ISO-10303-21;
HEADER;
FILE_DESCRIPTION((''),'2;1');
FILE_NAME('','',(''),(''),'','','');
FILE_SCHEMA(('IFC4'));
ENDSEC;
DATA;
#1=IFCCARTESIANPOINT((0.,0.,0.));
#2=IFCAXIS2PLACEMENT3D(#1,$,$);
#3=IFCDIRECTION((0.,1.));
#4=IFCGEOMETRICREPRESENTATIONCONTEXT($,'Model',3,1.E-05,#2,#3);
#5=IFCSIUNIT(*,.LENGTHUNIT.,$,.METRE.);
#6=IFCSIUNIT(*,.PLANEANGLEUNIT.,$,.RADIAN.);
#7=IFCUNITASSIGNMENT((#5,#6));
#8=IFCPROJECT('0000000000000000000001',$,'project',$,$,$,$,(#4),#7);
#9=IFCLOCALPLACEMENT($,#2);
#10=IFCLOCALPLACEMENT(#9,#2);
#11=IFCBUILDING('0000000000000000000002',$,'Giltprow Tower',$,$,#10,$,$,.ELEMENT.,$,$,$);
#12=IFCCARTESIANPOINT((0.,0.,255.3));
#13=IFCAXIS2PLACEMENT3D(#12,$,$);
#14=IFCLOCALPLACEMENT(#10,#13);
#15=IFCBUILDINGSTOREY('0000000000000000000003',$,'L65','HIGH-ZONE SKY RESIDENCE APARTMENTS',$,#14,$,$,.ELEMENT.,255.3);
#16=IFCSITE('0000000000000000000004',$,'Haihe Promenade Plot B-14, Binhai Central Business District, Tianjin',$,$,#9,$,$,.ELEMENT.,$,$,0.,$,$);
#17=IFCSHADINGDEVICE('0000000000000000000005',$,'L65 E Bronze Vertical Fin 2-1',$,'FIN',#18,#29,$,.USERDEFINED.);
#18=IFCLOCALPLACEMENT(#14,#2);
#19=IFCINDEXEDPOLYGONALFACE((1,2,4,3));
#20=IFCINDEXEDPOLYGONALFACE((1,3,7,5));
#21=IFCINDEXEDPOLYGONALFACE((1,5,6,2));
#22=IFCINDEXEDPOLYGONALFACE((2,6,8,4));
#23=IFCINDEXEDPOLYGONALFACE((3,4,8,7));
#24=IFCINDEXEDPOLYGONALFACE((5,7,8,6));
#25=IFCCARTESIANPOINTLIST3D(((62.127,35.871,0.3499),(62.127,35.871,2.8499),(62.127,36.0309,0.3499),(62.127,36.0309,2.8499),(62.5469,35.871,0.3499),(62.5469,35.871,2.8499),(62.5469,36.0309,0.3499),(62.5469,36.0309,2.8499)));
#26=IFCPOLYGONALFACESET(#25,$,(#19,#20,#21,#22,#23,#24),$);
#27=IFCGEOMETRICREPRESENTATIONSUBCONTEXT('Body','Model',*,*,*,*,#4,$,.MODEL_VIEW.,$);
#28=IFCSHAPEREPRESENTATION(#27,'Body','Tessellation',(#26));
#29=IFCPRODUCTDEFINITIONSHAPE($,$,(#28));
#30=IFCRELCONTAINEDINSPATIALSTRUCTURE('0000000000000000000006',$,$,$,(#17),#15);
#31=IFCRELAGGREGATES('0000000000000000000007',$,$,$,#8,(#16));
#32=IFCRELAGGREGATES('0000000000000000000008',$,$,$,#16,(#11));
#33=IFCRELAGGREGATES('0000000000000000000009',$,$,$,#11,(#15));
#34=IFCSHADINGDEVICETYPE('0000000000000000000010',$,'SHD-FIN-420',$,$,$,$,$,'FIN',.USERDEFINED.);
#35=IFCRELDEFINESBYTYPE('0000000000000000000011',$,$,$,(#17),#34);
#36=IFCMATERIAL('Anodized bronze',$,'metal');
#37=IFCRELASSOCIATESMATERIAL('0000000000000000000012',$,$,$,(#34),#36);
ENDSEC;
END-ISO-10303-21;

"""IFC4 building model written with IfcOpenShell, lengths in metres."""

from ifc_helpers import new_model, si_unit, direction, frame, origin, origin_2d, place, context, subcontext, project, spatial, rectangle, extrude, source, transform, mapped, material, type_object, element, save


model = new_model("IFC4")

# Units and contexts
model_context = context("Model", 3, precision=1e-05, world=origin(), true_north=direction((0.0, 1.0)))
body_context = subcontext(model_context, "Body", "Model", "MODEL_VIEW")
ifc_project = project(units=[si_unit("LENGTHUNIT", "METRE"), si_unit("PLANEANGLEUNIT", "RADIAN")], contexts=[model_context])

# Site, building, storey
site_placement = place(None, origin())
site = spatial("IfcSite", under=ifc_project, at=site_placement, Name="Haihe Promenade Plot B-14, Binhai Central Business District, Tianjin", CompositionType="ELEMENT", RefElevation=0.0)
building_placement = place(site_placement, origin())
building = spatial("IfcBuilding", under=site, at=building_placement, Name="Giltprow Tower", CompositionType="ELEMENT")
storey_placement = place(building_placement, frame((0.0, 0.0, 255.3)))
storey = spatial("IfcBuildingStorey", under=building, at=storey_placement, Name="L65", Description="HIGH-ZONE SKY RESIDENCE APARTMENTS", CompositionType="ELEMENT", Elevation=255.3)

# Shared definitions
ifc_material_1 = material(Name="Anodized bronze", Category="metal")

# Shading device
shading_device_type = type_object("IfcShadingDeviceType", Name="SHD-FIN-420", ElementType="FIN", PredefinedType="USERDEFINED", material=ifc_material_1)
shared_shape_1 = source(origin(), body_context, "Body", "SweptSolid", [
    extrude(rectangle(XDim=0.4199, YDim=0.1599, at=origin_2d()), origin(), (0.0, 0.0, 1.0), 2.5),
])
shading_device_placement = place(storey_placement, frame((62.3369, 35.9509, 0.3499), z_axis=(0.0, 0.0, 1.0), x_axis=(1.0, 0.0, 0.0)))
element("IfcShadingDevice", 1, at=shading_device_placement, inside=storey, type_object=shading_device_type, Name="L65 E Bronze Vertical Fin 2-1", ObjectType="FIN", PredefinedType="USERDEFINED", context=body_context, shape_type="MappedRepresentation", body=[
    mapped(shared_shape_1, transform((0.0, 0.0, 0.0), x_axis=(1.0, 0.0, 0.0), y_axis=(0.0, 1.0, 0.0), z_axis=(0.0, 0.0, 1.0), scale=1.0)),
])

save(model, "model.ifc")
